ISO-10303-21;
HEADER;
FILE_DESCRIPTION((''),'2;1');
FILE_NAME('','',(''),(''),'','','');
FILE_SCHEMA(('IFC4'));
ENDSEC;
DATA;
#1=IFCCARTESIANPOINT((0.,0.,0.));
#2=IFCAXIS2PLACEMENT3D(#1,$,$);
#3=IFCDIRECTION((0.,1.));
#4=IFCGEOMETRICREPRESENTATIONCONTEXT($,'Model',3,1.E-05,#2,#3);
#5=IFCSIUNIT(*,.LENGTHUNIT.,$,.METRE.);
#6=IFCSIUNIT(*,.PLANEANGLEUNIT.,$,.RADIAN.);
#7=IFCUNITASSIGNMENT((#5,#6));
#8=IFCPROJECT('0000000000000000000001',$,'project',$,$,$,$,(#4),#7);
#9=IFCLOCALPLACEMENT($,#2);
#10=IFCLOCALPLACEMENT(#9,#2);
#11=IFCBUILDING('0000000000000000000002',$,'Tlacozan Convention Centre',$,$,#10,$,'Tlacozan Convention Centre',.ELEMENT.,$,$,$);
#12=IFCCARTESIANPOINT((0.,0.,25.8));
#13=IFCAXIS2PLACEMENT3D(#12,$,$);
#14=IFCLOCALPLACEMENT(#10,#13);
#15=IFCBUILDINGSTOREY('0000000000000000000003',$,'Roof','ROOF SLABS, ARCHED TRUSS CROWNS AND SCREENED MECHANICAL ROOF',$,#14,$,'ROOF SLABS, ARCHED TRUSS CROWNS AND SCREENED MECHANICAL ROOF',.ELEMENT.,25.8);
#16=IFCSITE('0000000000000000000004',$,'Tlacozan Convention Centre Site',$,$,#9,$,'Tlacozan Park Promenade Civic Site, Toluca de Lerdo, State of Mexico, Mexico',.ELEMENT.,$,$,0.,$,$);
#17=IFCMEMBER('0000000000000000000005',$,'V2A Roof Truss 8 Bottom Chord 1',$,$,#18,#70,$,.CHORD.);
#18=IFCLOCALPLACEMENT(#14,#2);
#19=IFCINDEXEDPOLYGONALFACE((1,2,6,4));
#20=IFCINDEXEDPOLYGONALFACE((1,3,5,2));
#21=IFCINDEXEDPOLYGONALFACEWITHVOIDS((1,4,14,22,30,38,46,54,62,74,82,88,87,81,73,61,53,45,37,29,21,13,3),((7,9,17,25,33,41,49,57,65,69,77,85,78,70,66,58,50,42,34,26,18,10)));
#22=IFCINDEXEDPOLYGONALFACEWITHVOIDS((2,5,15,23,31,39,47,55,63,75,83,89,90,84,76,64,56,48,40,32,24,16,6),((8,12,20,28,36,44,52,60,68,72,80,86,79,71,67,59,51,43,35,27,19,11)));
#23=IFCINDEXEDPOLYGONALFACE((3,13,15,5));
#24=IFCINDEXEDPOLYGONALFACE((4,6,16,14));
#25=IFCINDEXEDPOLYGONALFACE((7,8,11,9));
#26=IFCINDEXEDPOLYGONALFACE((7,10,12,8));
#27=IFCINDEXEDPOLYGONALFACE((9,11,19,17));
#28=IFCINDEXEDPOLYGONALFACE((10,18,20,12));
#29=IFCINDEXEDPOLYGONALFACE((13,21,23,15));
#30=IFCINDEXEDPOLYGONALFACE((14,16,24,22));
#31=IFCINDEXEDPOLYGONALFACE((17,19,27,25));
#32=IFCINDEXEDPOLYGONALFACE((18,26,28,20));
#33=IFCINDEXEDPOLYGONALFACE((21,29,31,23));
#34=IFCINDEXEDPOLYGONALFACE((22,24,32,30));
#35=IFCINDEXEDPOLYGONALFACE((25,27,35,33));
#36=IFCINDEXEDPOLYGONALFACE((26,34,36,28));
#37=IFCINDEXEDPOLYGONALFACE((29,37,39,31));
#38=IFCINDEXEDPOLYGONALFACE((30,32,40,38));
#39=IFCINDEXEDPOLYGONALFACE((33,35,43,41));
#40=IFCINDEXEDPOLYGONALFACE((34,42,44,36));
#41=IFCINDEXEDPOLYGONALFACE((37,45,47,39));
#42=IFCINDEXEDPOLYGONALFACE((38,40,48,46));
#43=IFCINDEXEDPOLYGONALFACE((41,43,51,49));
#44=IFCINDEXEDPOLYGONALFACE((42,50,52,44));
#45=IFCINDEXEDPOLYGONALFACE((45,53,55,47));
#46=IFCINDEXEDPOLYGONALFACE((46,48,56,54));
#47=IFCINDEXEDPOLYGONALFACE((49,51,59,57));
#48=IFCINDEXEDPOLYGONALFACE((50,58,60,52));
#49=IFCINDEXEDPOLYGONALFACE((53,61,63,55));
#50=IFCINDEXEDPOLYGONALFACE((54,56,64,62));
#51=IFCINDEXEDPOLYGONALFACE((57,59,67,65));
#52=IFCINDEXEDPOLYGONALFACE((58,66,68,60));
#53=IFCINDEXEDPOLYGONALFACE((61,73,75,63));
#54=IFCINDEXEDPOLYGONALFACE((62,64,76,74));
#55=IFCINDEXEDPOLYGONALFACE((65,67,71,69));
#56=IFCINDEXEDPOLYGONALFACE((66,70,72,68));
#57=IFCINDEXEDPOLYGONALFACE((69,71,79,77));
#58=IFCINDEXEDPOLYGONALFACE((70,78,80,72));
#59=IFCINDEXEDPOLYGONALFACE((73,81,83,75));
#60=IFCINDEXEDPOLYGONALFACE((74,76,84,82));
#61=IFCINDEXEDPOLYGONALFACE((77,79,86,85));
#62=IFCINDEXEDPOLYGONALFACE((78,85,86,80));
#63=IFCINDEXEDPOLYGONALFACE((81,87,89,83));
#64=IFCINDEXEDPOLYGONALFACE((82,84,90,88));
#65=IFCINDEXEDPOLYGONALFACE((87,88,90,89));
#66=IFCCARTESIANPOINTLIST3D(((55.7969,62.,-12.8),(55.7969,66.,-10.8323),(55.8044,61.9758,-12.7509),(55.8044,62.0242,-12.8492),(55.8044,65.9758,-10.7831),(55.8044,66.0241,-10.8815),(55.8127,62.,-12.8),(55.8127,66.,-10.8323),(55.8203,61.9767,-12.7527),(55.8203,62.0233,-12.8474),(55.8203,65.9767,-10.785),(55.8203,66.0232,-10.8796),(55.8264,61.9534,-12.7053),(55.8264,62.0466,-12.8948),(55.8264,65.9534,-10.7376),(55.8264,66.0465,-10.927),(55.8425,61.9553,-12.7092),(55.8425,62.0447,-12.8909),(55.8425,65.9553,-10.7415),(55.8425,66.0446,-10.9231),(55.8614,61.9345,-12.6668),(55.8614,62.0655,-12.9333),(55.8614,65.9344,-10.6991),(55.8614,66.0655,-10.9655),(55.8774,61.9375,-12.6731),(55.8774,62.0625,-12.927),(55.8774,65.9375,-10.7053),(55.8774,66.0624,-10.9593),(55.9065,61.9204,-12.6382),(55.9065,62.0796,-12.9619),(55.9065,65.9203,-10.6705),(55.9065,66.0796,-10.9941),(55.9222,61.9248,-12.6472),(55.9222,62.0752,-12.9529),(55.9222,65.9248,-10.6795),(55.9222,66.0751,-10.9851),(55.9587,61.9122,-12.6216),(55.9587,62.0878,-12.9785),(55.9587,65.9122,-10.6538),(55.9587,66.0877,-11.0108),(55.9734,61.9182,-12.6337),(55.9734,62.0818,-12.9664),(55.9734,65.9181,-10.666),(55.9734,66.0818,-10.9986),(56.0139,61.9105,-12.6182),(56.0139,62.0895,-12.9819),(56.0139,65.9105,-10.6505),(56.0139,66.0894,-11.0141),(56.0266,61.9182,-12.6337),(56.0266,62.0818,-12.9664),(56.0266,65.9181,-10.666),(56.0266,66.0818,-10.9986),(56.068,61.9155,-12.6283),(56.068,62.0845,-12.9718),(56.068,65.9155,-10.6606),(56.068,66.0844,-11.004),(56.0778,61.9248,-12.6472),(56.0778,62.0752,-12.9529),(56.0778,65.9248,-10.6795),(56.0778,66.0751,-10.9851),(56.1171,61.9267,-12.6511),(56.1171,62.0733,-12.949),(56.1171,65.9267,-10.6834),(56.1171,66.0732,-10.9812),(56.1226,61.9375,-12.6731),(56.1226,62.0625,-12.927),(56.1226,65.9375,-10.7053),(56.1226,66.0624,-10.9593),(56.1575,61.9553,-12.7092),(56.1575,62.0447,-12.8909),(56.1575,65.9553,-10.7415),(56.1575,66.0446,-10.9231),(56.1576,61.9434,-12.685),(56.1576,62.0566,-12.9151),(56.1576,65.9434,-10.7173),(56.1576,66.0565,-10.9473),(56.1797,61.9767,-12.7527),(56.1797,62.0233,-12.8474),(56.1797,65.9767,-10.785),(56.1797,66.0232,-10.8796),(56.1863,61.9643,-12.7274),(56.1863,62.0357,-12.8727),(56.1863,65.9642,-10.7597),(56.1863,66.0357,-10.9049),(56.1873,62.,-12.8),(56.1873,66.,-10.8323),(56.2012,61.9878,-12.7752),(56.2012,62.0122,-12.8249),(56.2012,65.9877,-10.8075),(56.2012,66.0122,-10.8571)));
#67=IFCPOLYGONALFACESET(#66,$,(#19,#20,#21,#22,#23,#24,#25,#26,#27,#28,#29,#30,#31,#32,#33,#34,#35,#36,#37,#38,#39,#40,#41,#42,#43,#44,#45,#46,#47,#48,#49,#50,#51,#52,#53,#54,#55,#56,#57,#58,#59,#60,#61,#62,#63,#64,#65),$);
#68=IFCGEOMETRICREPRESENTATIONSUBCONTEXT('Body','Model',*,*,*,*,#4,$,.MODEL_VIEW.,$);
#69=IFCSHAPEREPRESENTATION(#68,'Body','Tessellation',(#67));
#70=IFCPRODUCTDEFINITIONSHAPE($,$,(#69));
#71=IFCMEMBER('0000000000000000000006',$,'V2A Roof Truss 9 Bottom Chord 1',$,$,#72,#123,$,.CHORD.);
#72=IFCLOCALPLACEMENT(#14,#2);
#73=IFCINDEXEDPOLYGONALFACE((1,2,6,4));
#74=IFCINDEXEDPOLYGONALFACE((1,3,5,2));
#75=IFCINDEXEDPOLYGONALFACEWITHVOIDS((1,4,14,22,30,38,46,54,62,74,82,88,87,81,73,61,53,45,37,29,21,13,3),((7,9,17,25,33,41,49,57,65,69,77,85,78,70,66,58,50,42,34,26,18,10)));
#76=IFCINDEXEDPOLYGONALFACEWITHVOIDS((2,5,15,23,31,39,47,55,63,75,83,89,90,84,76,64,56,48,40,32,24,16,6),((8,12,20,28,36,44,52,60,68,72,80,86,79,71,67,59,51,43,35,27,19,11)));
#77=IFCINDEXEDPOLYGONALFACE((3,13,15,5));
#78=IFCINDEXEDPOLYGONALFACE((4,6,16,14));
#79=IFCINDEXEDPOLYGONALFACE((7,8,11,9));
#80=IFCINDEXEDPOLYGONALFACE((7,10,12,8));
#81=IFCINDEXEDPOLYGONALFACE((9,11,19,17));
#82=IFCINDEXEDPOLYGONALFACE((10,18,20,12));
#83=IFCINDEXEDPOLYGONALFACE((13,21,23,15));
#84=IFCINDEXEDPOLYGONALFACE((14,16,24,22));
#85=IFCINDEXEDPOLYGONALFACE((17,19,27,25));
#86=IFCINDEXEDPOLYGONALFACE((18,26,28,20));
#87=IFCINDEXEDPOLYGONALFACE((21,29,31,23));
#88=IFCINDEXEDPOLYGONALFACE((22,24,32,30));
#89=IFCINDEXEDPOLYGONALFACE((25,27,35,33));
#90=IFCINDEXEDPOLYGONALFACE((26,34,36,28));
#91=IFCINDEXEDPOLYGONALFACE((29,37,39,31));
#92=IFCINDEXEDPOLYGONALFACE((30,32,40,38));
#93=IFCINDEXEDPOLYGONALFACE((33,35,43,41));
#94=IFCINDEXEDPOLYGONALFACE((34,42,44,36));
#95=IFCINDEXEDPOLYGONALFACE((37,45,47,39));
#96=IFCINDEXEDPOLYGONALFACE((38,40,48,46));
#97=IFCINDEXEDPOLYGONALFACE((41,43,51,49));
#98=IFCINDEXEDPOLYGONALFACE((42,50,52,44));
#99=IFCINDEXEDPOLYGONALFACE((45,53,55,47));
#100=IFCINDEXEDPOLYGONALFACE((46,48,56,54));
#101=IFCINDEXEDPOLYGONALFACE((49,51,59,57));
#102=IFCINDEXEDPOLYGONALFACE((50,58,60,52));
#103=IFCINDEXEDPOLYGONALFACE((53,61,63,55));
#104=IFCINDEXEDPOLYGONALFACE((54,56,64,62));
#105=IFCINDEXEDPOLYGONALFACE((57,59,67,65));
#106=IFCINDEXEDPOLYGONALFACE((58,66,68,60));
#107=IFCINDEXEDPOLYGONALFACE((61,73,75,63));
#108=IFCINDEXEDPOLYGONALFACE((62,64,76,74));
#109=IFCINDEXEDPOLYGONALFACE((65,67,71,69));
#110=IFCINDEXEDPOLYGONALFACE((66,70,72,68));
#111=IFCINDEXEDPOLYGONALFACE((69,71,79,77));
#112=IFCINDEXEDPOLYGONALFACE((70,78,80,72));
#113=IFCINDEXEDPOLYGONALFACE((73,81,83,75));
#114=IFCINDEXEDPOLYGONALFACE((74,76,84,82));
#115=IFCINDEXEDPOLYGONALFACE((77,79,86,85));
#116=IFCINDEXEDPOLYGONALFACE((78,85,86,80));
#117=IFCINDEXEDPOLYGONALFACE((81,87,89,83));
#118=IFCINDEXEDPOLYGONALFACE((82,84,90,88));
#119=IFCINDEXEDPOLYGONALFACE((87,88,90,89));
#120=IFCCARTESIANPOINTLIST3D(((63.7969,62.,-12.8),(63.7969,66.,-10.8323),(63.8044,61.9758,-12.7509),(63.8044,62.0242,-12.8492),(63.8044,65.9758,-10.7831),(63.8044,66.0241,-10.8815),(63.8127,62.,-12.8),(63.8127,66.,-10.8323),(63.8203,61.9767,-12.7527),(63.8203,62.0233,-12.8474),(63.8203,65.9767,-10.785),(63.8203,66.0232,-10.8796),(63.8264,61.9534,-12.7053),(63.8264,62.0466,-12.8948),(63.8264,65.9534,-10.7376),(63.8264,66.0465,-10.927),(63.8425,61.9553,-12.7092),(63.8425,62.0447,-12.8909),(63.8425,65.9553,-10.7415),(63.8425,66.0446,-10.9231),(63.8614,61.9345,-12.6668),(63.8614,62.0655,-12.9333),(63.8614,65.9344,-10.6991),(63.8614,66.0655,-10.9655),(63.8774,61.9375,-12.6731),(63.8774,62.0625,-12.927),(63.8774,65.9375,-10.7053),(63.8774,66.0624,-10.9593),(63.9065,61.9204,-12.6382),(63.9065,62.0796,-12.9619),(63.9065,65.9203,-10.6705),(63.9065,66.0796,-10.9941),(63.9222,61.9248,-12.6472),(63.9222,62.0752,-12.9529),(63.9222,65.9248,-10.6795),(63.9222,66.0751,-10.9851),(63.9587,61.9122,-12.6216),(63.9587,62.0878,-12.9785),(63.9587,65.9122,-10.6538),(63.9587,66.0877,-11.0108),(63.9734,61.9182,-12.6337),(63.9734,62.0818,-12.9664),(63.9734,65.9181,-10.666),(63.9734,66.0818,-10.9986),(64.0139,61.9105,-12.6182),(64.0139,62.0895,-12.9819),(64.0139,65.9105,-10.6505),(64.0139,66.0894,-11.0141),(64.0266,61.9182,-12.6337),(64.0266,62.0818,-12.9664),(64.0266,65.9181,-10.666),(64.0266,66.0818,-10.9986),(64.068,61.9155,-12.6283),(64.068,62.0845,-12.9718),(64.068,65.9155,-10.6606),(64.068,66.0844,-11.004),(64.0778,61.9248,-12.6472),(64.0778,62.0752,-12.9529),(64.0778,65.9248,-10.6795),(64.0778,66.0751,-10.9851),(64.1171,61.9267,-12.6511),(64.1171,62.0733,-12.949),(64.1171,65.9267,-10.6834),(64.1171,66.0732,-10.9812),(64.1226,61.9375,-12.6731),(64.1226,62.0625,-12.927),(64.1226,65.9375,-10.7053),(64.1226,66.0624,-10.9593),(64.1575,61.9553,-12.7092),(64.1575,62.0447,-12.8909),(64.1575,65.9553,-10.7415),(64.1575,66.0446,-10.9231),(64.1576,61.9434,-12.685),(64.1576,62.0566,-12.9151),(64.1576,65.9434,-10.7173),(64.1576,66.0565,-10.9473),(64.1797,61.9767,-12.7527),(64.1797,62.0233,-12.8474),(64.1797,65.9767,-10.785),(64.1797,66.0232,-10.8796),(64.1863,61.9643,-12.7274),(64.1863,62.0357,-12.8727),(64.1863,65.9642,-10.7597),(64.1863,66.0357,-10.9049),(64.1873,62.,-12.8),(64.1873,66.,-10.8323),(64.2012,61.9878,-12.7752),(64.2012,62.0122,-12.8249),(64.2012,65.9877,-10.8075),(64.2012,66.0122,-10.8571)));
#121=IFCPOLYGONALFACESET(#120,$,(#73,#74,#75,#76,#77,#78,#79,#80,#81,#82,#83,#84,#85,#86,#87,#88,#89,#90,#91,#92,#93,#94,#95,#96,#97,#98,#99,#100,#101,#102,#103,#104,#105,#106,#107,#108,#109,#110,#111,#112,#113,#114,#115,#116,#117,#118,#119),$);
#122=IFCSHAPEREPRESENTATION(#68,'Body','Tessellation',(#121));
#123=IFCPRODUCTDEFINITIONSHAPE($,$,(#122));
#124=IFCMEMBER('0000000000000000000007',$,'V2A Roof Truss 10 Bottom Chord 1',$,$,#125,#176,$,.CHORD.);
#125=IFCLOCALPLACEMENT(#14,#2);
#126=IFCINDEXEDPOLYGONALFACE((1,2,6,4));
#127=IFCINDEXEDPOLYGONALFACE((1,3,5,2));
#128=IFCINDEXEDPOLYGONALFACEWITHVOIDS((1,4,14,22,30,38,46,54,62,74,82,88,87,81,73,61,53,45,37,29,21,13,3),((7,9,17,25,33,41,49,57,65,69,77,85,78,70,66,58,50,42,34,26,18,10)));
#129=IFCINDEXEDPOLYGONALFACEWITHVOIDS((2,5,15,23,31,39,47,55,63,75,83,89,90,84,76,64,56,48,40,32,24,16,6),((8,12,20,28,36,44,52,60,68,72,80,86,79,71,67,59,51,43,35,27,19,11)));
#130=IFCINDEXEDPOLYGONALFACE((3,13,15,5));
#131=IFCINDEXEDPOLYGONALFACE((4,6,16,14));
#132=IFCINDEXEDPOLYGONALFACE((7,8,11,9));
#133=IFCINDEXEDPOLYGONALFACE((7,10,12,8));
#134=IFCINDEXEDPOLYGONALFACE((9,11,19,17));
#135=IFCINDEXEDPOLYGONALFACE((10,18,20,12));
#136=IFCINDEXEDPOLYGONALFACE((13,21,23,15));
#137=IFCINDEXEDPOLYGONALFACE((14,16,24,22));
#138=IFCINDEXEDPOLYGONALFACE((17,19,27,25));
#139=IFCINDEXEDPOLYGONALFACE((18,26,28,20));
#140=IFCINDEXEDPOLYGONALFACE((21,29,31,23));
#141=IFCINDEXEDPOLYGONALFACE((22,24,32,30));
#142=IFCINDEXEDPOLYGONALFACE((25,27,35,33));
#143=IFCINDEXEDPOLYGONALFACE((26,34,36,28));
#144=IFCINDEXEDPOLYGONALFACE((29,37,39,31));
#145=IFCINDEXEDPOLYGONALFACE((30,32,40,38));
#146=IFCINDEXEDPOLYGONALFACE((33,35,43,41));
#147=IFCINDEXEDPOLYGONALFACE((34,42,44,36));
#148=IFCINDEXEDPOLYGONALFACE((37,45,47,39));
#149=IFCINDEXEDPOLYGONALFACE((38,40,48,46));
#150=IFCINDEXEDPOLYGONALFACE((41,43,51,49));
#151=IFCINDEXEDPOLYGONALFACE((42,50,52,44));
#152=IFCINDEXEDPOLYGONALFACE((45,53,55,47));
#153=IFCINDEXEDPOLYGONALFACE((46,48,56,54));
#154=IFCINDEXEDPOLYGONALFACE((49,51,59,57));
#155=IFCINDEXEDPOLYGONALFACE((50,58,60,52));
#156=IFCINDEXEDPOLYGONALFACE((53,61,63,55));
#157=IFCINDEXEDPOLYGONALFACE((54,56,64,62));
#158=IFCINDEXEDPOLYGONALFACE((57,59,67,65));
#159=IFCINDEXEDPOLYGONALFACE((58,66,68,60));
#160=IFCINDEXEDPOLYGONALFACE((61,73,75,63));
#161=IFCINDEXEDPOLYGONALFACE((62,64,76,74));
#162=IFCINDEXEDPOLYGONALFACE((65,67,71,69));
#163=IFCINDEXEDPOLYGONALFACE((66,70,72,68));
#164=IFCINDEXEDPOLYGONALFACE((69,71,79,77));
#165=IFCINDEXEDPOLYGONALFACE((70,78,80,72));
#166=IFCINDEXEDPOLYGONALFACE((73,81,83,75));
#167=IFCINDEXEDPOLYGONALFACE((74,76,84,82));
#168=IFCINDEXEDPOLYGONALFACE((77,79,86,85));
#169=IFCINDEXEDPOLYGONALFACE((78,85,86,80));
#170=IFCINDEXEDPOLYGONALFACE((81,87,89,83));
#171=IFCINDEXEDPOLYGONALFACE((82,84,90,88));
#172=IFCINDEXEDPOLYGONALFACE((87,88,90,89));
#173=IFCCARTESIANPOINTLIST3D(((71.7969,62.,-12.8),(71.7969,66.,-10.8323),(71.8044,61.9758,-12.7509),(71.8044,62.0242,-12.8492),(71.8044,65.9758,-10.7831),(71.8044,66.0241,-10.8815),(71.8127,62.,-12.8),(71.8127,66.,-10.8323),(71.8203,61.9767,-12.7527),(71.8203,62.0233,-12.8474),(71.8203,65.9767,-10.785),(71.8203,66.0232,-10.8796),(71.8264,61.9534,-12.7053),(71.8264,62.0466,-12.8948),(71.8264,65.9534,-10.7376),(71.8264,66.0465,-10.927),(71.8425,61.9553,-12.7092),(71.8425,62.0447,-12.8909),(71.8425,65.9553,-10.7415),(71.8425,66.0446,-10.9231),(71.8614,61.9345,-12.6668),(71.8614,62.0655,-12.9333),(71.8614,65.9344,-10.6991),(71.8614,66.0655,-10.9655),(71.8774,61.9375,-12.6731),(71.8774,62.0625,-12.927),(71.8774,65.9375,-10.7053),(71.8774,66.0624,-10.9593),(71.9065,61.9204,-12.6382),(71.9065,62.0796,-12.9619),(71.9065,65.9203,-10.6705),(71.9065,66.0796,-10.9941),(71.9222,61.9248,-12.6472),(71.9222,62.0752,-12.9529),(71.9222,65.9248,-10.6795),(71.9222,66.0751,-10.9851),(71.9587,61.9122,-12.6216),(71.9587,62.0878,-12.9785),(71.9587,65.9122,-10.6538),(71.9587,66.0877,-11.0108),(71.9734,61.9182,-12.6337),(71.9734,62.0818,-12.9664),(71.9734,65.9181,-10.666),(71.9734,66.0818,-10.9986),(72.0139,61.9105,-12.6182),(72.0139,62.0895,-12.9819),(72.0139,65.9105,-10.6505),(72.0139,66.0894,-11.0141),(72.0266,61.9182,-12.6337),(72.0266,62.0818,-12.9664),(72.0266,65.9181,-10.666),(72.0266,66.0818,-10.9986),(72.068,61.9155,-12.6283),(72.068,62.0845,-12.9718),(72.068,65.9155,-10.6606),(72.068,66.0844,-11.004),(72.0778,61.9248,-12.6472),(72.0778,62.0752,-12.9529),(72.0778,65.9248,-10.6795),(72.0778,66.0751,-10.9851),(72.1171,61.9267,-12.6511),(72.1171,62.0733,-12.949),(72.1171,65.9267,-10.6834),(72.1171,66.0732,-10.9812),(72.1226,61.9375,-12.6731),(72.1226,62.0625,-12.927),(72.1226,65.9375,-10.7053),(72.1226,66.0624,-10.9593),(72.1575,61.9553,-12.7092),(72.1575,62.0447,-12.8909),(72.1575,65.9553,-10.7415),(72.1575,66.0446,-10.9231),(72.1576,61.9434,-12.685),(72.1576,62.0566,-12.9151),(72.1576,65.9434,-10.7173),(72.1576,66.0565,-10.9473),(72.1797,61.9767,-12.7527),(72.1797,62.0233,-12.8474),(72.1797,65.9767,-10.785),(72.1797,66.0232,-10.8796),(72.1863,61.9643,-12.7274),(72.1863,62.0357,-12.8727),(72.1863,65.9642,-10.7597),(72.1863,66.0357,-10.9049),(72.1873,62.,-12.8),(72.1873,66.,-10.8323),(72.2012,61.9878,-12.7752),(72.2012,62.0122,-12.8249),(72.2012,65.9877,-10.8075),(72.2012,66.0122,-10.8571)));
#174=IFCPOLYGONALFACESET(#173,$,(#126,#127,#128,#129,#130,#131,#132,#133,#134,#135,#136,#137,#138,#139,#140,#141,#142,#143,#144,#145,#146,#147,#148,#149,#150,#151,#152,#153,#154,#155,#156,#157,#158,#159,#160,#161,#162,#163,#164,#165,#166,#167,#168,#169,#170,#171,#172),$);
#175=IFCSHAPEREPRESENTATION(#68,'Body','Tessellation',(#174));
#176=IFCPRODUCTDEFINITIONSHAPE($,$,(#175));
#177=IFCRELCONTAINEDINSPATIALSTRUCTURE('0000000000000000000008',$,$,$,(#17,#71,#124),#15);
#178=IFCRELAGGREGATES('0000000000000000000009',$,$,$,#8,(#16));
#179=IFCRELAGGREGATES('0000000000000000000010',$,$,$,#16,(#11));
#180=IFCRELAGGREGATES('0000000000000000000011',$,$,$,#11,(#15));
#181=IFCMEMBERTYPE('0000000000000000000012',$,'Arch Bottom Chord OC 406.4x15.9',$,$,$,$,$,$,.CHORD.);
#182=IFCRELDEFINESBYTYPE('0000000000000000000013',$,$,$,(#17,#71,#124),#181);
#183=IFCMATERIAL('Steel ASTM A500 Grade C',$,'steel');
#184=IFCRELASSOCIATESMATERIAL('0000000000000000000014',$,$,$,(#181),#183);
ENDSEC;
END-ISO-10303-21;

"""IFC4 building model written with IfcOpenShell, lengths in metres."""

from ifc_helpers import new_model, si_unit, direction, frame, origin, origin_2d, place, context, subcontext, project, spatial, hollow_circle, extrude, material, material_profile, profile_set, type_object, element, save


model = new_model("IFC4")

# Units and contexts
model_context = context("Model", 3, precision=1e-05, world=origin(), true_north=direction((0.0, 1.0)))
body_context = subcontext(model_context, "Body", "Model", "MODEL_VIEW")
ifc_project = project(units=[si_unit("LENGTHUNIT", "METRE"), si_unit("PLANEANGLEUNIT", "RADIAN")], contexts=[model_context])

# Site, building, storey
site_placement = place(None, origin())
site = spatial("IfcSite", under=ifc_project, at=site_placement, Name="Tlacozan Convention Centre Site", LongName="Tlacozan Park Promenade Civic Site, Toluca de Lerdo, State of Mexico, Mexico", CompositionType="ELEMENT", RefElevation=0.0)
building_placement = place(site_placement, origin())
building = spatial("IfcBuilding", under=site, at=building_placement, Name="Tlacozan Convention Centre", LongName="Tlacozan Convention Centre", CompositionType="ELEMENT")
storey_placement = place(building_placement, frame((0.0, 0.0, 25.8)))
storey = spatial("IfcBuildingStorey", under=building, at=storey_placement, Name="Roof", Description="ROOF SLABS, ARCHED TRUSS CROWNS AND SCREENED MECHANICAL ROOF", LongName="ROOF SLABS, ARCHED TRUSS CROWNS AND SCREENED MECHANICAL ROOF", CompositionType="ELEMENT", Elevation=25.8)

# Members
ifc_material_1 = material(Name="Steel ASTM A500 Grade C", Category="steel")
ifc_material_profile_1 = material_profile(ifc_material_1, hollow_circle(Radius=0.2031, WallThickness=0.0159, at=origin_2d()), Name="OC 406.4x15.9")
ifc_profile_set_1 = profile_set([ifc_material_profile_1], Name="Steel ASTM A500 Grade C")
member_type_1 = type_object("IfcMemberType", Name="Arch Bottom Chord OC 406.4x15.9", PredefinedType="CHORD", material=ifc_profile_set_1)
for number, where, z_axis, x_axis, name in (
    (1, (56.0, 62.0, -12.8), (0.0, 0.8973, 0.441421), (-1.0, 0.0, 0.0), "V2A Roof Truss 8 Bottom Chord 1"),
    (2, (64.0, 62.0, -12.8), (0.0, 0.8973, 0.441421), (-1.0, 0.0, 0.0), "V2A Roof Truss 9 Bottom Chord 1"),
    (3, (72.0, 62.0, -12.8), (0.0, 0.8973, 0.441421), (-1.0, 0.0, 0.0), "V2A Roof Truss 10 Bottom Chord 1"),
):
    element("IfcMember", number, at=place(storey_placement, frame(where, z_axis=z_axis, x_axis=x_axis)), inside=storey, type_object=member_type_1, Name=name, PredefinedType="CHORD", context=body_context, shape_type="SweptSolid", body=[
        extrude(hollow_circle(Radius=0.2031, WallThickness=0.0159, at=origin_2d()), origin(), (0.0, 0.0, 1.0), 4.4578),
    ])

save(model, "model.ifc")
